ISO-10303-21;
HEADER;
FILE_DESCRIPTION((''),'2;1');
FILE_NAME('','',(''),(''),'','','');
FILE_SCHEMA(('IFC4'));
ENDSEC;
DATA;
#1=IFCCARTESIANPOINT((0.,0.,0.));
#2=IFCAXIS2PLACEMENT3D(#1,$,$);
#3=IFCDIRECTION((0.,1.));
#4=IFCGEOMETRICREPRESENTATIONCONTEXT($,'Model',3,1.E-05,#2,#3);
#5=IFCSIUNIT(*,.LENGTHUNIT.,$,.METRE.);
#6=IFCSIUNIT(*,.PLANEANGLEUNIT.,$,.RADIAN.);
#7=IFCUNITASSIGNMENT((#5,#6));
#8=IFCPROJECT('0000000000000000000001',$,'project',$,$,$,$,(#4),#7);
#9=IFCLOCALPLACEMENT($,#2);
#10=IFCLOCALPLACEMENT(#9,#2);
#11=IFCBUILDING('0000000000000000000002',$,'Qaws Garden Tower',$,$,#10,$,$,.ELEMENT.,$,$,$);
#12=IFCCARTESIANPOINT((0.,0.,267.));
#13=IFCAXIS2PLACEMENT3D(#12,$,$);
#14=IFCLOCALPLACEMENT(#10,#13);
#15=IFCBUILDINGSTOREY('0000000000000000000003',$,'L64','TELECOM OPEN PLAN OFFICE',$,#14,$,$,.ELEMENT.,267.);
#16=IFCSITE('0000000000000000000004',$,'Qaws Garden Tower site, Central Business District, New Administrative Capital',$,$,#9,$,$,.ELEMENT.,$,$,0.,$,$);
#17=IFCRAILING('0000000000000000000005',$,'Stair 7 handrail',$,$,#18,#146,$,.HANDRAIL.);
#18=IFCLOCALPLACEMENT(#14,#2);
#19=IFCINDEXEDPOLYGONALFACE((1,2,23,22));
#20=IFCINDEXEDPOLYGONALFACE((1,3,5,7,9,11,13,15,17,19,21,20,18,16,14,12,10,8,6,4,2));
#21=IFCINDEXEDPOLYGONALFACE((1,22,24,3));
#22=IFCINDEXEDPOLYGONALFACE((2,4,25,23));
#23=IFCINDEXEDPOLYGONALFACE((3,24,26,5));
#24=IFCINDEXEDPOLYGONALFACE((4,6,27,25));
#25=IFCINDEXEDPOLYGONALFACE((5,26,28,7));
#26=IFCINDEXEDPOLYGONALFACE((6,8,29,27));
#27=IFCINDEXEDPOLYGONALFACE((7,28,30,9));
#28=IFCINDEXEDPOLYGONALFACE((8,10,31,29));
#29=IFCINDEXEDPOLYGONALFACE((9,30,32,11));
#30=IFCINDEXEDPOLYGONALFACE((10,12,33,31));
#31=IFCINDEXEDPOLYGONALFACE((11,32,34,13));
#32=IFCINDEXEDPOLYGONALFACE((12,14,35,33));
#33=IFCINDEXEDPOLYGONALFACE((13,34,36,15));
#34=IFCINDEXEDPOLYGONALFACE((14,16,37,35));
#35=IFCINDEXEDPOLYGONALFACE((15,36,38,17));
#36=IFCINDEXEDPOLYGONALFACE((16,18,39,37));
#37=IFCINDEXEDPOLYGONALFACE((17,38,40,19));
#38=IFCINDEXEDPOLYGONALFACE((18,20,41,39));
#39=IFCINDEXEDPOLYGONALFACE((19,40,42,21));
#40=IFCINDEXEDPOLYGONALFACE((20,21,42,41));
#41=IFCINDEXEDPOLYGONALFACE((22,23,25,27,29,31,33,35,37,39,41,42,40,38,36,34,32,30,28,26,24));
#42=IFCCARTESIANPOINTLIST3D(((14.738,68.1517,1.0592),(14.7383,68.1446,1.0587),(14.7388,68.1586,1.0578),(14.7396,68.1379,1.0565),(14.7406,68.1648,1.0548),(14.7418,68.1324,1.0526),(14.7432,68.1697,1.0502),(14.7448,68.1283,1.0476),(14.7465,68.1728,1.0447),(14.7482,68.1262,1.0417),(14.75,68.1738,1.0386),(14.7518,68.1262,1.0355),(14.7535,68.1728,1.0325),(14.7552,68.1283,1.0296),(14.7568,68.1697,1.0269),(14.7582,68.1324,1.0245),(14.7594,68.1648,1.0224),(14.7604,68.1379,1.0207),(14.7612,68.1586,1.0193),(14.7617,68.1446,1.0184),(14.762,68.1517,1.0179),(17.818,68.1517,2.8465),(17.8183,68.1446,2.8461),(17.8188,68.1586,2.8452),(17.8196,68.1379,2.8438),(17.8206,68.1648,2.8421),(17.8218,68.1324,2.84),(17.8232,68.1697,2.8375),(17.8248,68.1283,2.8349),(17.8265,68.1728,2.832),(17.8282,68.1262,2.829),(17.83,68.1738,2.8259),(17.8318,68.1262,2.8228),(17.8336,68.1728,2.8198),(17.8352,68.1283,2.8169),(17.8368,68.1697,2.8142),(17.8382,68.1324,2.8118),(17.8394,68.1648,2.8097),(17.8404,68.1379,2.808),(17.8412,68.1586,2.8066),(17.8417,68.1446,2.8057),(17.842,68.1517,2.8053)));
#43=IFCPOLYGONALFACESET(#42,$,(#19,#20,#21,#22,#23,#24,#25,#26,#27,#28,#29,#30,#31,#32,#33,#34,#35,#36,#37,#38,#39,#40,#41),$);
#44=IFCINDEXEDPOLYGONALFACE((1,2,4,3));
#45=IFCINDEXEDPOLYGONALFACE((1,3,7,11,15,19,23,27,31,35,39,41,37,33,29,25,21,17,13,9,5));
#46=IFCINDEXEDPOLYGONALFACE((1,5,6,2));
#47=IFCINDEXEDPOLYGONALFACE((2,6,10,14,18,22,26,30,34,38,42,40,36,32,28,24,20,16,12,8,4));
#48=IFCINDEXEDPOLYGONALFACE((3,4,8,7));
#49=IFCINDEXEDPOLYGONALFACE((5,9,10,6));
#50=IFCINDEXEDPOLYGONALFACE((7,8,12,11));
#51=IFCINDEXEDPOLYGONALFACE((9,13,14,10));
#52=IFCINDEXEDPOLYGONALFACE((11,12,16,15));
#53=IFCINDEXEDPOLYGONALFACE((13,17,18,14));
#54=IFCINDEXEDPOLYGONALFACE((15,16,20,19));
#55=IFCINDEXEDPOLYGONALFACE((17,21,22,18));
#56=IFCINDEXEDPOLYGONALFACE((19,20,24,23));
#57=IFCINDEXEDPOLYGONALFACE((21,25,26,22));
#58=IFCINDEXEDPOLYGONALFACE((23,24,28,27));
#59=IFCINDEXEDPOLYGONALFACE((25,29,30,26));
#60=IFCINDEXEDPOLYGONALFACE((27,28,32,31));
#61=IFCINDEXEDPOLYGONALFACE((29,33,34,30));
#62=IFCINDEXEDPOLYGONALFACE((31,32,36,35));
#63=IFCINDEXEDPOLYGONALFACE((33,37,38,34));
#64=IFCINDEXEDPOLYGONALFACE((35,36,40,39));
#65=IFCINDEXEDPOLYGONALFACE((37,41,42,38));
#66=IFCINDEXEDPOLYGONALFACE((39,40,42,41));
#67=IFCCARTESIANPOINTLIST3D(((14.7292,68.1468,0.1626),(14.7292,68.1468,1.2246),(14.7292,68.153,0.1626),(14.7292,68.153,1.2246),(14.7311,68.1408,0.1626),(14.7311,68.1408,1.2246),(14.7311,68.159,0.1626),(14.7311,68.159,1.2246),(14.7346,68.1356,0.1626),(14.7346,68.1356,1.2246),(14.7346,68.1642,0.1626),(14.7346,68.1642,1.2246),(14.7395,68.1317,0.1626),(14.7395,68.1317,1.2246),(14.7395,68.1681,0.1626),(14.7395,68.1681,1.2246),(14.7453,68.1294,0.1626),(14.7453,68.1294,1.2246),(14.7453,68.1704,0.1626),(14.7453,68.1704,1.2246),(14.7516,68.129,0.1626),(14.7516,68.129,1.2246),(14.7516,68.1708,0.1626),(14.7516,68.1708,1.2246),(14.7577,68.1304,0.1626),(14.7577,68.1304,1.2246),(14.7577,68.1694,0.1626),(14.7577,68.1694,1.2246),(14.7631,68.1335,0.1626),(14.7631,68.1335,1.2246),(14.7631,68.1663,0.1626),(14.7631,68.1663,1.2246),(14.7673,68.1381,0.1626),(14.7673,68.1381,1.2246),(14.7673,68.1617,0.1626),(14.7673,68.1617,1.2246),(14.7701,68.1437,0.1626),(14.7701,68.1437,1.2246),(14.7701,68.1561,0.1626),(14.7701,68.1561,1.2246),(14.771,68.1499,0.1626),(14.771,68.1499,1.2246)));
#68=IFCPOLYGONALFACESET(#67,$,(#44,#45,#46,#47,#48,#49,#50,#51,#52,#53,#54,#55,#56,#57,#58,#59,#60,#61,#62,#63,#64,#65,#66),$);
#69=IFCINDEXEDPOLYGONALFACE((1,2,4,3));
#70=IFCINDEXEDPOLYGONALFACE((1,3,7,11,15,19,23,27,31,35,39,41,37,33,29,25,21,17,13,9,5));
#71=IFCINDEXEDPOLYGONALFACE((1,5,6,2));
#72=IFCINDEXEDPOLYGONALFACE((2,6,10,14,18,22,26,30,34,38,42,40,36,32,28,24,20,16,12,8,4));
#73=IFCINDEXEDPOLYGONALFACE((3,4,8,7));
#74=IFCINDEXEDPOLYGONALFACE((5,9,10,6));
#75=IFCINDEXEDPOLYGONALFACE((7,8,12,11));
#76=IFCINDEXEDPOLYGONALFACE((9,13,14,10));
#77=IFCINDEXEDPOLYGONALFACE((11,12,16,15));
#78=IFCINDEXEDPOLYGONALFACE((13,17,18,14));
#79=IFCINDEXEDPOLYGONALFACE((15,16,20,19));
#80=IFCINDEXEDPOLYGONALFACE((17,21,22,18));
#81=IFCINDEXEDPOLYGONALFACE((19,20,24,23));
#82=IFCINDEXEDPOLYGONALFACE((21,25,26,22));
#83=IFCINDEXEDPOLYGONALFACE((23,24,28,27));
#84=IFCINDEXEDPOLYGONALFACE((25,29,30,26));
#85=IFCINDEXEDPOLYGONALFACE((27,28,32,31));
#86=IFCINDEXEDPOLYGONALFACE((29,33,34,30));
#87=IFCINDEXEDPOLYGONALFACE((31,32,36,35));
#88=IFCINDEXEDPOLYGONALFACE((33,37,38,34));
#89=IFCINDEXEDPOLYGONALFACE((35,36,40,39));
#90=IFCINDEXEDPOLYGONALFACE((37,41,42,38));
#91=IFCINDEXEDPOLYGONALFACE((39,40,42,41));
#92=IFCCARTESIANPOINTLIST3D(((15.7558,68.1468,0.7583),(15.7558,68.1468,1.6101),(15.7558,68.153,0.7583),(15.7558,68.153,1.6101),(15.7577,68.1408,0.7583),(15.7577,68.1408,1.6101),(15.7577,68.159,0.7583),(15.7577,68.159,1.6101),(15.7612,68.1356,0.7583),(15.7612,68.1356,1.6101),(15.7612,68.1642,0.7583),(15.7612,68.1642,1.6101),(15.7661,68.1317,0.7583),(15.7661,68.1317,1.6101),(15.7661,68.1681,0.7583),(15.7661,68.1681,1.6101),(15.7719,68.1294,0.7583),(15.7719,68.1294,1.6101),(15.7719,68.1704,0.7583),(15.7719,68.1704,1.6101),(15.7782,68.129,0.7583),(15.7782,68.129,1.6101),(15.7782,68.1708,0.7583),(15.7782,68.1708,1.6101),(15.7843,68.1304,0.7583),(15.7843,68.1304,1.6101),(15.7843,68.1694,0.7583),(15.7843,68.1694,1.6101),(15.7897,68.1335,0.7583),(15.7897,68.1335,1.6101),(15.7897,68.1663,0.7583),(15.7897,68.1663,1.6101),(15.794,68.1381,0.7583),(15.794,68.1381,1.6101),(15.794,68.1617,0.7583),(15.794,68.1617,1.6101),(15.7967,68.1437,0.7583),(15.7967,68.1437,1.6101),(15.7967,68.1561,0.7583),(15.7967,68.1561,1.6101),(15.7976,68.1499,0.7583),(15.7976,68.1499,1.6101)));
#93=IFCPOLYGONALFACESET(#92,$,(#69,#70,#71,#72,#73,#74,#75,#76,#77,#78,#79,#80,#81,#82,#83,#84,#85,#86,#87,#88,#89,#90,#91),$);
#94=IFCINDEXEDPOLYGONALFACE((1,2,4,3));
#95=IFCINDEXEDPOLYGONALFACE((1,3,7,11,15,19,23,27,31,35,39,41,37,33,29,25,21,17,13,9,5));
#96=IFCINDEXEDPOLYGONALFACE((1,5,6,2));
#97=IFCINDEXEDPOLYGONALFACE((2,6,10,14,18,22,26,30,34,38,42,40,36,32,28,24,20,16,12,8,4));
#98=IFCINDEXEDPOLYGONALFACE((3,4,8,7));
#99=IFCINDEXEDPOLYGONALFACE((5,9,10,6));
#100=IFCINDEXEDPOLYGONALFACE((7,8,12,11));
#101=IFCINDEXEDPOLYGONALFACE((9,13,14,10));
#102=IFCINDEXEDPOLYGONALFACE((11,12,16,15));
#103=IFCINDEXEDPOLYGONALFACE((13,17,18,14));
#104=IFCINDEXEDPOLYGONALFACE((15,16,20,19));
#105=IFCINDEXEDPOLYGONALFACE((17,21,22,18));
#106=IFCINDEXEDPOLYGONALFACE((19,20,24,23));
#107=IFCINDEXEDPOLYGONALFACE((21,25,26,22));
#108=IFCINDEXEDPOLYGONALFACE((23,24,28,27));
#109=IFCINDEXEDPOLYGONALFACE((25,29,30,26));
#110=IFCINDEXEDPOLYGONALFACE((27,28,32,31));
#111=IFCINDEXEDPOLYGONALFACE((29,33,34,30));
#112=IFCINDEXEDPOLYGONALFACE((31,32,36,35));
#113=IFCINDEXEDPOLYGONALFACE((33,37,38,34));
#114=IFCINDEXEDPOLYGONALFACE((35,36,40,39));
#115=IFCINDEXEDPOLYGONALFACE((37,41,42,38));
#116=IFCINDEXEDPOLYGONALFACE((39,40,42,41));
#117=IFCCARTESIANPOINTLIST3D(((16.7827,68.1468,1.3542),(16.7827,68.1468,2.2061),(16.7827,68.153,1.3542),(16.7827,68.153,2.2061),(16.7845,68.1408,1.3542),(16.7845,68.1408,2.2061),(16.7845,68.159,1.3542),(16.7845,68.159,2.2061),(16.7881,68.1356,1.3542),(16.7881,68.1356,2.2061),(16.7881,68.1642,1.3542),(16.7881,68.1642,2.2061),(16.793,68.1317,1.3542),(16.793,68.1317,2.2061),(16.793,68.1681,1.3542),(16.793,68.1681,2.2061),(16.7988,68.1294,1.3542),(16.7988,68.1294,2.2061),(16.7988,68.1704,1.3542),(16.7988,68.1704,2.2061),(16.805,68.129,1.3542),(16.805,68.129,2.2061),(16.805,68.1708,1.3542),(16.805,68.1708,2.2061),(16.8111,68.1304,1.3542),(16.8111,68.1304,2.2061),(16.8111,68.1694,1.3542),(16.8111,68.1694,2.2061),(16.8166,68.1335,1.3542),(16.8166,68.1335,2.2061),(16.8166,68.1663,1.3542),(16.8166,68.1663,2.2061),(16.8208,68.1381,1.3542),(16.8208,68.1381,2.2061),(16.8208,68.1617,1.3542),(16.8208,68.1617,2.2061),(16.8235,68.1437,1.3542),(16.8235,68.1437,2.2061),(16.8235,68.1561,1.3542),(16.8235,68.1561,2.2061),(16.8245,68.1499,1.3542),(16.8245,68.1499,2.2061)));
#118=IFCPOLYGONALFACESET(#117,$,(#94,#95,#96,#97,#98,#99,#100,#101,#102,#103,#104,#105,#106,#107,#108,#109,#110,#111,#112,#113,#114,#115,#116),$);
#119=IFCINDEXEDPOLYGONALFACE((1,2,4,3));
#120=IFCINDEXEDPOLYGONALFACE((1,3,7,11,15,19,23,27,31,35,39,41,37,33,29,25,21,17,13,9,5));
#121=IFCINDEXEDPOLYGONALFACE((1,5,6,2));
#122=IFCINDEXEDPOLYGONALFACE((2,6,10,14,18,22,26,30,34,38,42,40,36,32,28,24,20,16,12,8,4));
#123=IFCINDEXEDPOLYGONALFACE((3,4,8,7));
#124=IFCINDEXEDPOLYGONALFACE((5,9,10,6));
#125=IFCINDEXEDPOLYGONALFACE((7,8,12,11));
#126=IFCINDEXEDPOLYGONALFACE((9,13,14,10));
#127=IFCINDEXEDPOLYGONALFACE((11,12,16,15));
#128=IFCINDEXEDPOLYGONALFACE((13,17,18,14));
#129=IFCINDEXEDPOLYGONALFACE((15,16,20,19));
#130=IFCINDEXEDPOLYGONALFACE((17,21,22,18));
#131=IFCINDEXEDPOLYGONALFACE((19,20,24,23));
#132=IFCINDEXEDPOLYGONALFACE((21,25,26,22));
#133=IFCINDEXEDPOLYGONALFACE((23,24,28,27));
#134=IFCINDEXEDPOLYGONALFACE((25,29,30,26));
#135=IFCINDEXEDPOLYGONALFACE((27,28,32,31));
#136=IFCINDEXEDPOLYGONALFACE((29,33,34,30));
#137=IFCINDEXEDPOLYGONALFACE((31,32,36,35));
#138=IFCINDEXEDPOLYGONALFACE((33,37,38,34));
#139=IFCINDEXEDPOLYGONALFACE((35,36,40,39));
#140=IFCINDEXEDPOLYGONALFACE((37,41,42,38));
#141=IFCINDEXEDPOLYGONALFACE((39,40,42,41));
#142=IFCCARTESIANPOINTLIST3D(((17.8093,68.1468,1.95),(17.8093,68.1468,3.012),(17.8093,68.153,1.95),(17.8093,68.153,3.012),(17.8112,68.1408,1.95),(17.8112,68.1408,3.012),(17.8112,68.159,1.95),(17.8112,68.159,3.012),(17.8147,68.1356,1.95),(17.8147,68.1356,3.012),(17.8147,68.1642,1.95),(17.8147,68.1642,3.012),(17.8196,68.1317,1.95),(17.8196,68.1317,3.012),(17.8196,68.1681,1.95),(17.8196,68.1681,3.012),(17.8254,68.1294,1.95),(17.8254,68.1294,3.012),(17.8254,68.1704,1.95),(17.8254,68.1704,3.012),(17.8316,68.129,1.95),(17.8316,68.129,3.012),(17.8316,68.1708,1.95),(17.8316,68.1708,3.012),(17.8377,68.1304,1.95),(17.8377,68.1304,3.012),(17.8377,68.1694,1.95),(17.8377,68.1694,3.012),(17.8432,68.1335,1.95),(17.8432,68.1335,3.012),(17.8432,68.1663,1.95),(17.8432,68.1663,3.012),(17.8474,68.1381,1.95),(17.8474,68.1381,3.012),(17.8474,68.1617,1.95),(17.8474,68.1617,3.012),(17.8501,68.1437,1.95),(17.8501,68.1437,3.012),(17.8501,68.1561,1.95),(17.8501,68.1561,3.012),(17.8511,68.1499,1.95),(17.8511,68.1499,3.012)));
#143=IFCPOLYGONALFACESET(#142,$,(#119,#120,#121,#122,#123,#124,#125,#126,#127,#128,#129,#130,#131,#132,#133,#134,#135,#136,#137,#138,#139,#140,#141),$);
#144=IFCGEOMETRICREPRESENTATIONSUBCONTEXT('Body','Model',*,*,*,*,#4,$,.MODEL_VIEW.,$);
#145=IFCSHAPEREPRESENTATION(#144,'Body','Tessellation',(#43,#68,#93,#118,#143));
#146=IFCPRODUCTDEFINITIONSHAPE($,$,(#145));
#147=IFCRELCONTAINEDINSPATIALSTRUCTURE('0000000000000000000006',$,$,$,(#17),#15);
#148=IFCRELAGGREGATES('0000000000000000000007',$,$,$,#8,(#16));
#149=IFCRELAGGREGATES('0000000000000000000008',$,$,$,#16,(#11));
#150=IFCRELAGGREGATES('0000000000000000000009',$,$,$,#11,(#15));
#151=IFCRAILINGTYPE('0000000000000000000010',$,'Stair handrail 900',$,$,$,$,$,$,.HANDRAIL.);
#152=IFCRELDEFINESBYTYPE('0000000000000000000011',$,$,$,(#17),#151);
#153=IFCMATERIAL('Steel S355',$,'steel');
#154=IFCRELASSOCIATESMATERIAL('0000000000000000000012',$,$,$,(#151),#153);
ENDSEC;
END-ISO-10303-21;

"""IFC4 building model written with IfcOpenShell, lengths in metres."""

from ifc_helpers import new_model, si_unit, direction, frame, origin, origin_2d, place, context, subcontext, project, spatial, circle, extrude, material, type_object, element, save


model = new_model("IFC4")

# Units and contexts
model_context = context("Model", 3, precision=1e-05, world=origin(), true_north=direction((0.0, 1.0)))
body_context = subcontext(model_context, "Body", "Model", "MODEL_VIEW")
ifc_project = project(units=[si_unit("LENGTHUNIT", "METRE"), si_unit("PLANEANGLEUNIT", "RADIAN")], contexts=[model_context])

# Site, building, storey
site_placement = place(None, origin())
site = spatial("IfcSite", under=ifc_project, at=site_placement, Name="Qaws Garden Tower site, Central Business District, New Administrative Capital", CompositionType="ELEMENT", RefElevation=0.0)
building_placement = place(site_placement, origin())
building = spatial("IfcBuilding", under=site, at=building_placement, Name="Qaws Garden Tower", CompositionType="ELEMENT")
storey_placement = place(building_placement, frame((0.0, 0.0, 267.0)))
storey = spatial("IfcBuildingStorey", under=building, at=storey_placement, Name="L64", Description="TELECOM OPEN PLAN OFFICE", CompositionType="ELEMENT", Elevation=267.0)

# Railing
ifc_material_1 = material(Name="Steel S355", Category="steel")
railing_type = type_object("IfcRailingType", Name="Stair handrail 900", PredefinedType="HANDRAIL", material=ifc_material_1)
railing_1_placement = place(storey_placement, frame((14.75, 68.1499, 0.1626)))
element("IfcRailing", 1, at=railing_1_placement, inside=storey, type_object=railing_type, Name="Stair 7 handrail", PredefinedType="HANDRAIL", context=body_context, shape_type="SweptSolid", body=[
    extrude(circle(Radius=0.0239, at=origin_2d()), frame((0.0, 0.0, 0.876), z_axis=(0.86492, 0.0, 0.501909), x_axis=(0.0, 1.0, 0.0)), (0.0, 0.0, 1.0), 3.561),
    extrude(circle(Radius=0.021, at=origin_2d()), origin(), (0.0, 0.0, 1.0), 1.062),
    extrude(circle(Radius=0.021, at=origin_2d()), frame((1.0266, 0.0, 0.5957)), (0.0, 0.0, 1.0), 0.8518),
    extrude(circle(Radius=0.021, at=origin_2d()), frame((2.0535, 0.0, 1.1917)), (0.0, 0.0, 1.0), 0.8518),
    extrude(circle(Radius=0.021, at=origin_2d()), frame((3.0801, 0.0, 1.7874)), (0.0, 0.0, 1.0), 1.062),
])

save(model, "model.ifc")
